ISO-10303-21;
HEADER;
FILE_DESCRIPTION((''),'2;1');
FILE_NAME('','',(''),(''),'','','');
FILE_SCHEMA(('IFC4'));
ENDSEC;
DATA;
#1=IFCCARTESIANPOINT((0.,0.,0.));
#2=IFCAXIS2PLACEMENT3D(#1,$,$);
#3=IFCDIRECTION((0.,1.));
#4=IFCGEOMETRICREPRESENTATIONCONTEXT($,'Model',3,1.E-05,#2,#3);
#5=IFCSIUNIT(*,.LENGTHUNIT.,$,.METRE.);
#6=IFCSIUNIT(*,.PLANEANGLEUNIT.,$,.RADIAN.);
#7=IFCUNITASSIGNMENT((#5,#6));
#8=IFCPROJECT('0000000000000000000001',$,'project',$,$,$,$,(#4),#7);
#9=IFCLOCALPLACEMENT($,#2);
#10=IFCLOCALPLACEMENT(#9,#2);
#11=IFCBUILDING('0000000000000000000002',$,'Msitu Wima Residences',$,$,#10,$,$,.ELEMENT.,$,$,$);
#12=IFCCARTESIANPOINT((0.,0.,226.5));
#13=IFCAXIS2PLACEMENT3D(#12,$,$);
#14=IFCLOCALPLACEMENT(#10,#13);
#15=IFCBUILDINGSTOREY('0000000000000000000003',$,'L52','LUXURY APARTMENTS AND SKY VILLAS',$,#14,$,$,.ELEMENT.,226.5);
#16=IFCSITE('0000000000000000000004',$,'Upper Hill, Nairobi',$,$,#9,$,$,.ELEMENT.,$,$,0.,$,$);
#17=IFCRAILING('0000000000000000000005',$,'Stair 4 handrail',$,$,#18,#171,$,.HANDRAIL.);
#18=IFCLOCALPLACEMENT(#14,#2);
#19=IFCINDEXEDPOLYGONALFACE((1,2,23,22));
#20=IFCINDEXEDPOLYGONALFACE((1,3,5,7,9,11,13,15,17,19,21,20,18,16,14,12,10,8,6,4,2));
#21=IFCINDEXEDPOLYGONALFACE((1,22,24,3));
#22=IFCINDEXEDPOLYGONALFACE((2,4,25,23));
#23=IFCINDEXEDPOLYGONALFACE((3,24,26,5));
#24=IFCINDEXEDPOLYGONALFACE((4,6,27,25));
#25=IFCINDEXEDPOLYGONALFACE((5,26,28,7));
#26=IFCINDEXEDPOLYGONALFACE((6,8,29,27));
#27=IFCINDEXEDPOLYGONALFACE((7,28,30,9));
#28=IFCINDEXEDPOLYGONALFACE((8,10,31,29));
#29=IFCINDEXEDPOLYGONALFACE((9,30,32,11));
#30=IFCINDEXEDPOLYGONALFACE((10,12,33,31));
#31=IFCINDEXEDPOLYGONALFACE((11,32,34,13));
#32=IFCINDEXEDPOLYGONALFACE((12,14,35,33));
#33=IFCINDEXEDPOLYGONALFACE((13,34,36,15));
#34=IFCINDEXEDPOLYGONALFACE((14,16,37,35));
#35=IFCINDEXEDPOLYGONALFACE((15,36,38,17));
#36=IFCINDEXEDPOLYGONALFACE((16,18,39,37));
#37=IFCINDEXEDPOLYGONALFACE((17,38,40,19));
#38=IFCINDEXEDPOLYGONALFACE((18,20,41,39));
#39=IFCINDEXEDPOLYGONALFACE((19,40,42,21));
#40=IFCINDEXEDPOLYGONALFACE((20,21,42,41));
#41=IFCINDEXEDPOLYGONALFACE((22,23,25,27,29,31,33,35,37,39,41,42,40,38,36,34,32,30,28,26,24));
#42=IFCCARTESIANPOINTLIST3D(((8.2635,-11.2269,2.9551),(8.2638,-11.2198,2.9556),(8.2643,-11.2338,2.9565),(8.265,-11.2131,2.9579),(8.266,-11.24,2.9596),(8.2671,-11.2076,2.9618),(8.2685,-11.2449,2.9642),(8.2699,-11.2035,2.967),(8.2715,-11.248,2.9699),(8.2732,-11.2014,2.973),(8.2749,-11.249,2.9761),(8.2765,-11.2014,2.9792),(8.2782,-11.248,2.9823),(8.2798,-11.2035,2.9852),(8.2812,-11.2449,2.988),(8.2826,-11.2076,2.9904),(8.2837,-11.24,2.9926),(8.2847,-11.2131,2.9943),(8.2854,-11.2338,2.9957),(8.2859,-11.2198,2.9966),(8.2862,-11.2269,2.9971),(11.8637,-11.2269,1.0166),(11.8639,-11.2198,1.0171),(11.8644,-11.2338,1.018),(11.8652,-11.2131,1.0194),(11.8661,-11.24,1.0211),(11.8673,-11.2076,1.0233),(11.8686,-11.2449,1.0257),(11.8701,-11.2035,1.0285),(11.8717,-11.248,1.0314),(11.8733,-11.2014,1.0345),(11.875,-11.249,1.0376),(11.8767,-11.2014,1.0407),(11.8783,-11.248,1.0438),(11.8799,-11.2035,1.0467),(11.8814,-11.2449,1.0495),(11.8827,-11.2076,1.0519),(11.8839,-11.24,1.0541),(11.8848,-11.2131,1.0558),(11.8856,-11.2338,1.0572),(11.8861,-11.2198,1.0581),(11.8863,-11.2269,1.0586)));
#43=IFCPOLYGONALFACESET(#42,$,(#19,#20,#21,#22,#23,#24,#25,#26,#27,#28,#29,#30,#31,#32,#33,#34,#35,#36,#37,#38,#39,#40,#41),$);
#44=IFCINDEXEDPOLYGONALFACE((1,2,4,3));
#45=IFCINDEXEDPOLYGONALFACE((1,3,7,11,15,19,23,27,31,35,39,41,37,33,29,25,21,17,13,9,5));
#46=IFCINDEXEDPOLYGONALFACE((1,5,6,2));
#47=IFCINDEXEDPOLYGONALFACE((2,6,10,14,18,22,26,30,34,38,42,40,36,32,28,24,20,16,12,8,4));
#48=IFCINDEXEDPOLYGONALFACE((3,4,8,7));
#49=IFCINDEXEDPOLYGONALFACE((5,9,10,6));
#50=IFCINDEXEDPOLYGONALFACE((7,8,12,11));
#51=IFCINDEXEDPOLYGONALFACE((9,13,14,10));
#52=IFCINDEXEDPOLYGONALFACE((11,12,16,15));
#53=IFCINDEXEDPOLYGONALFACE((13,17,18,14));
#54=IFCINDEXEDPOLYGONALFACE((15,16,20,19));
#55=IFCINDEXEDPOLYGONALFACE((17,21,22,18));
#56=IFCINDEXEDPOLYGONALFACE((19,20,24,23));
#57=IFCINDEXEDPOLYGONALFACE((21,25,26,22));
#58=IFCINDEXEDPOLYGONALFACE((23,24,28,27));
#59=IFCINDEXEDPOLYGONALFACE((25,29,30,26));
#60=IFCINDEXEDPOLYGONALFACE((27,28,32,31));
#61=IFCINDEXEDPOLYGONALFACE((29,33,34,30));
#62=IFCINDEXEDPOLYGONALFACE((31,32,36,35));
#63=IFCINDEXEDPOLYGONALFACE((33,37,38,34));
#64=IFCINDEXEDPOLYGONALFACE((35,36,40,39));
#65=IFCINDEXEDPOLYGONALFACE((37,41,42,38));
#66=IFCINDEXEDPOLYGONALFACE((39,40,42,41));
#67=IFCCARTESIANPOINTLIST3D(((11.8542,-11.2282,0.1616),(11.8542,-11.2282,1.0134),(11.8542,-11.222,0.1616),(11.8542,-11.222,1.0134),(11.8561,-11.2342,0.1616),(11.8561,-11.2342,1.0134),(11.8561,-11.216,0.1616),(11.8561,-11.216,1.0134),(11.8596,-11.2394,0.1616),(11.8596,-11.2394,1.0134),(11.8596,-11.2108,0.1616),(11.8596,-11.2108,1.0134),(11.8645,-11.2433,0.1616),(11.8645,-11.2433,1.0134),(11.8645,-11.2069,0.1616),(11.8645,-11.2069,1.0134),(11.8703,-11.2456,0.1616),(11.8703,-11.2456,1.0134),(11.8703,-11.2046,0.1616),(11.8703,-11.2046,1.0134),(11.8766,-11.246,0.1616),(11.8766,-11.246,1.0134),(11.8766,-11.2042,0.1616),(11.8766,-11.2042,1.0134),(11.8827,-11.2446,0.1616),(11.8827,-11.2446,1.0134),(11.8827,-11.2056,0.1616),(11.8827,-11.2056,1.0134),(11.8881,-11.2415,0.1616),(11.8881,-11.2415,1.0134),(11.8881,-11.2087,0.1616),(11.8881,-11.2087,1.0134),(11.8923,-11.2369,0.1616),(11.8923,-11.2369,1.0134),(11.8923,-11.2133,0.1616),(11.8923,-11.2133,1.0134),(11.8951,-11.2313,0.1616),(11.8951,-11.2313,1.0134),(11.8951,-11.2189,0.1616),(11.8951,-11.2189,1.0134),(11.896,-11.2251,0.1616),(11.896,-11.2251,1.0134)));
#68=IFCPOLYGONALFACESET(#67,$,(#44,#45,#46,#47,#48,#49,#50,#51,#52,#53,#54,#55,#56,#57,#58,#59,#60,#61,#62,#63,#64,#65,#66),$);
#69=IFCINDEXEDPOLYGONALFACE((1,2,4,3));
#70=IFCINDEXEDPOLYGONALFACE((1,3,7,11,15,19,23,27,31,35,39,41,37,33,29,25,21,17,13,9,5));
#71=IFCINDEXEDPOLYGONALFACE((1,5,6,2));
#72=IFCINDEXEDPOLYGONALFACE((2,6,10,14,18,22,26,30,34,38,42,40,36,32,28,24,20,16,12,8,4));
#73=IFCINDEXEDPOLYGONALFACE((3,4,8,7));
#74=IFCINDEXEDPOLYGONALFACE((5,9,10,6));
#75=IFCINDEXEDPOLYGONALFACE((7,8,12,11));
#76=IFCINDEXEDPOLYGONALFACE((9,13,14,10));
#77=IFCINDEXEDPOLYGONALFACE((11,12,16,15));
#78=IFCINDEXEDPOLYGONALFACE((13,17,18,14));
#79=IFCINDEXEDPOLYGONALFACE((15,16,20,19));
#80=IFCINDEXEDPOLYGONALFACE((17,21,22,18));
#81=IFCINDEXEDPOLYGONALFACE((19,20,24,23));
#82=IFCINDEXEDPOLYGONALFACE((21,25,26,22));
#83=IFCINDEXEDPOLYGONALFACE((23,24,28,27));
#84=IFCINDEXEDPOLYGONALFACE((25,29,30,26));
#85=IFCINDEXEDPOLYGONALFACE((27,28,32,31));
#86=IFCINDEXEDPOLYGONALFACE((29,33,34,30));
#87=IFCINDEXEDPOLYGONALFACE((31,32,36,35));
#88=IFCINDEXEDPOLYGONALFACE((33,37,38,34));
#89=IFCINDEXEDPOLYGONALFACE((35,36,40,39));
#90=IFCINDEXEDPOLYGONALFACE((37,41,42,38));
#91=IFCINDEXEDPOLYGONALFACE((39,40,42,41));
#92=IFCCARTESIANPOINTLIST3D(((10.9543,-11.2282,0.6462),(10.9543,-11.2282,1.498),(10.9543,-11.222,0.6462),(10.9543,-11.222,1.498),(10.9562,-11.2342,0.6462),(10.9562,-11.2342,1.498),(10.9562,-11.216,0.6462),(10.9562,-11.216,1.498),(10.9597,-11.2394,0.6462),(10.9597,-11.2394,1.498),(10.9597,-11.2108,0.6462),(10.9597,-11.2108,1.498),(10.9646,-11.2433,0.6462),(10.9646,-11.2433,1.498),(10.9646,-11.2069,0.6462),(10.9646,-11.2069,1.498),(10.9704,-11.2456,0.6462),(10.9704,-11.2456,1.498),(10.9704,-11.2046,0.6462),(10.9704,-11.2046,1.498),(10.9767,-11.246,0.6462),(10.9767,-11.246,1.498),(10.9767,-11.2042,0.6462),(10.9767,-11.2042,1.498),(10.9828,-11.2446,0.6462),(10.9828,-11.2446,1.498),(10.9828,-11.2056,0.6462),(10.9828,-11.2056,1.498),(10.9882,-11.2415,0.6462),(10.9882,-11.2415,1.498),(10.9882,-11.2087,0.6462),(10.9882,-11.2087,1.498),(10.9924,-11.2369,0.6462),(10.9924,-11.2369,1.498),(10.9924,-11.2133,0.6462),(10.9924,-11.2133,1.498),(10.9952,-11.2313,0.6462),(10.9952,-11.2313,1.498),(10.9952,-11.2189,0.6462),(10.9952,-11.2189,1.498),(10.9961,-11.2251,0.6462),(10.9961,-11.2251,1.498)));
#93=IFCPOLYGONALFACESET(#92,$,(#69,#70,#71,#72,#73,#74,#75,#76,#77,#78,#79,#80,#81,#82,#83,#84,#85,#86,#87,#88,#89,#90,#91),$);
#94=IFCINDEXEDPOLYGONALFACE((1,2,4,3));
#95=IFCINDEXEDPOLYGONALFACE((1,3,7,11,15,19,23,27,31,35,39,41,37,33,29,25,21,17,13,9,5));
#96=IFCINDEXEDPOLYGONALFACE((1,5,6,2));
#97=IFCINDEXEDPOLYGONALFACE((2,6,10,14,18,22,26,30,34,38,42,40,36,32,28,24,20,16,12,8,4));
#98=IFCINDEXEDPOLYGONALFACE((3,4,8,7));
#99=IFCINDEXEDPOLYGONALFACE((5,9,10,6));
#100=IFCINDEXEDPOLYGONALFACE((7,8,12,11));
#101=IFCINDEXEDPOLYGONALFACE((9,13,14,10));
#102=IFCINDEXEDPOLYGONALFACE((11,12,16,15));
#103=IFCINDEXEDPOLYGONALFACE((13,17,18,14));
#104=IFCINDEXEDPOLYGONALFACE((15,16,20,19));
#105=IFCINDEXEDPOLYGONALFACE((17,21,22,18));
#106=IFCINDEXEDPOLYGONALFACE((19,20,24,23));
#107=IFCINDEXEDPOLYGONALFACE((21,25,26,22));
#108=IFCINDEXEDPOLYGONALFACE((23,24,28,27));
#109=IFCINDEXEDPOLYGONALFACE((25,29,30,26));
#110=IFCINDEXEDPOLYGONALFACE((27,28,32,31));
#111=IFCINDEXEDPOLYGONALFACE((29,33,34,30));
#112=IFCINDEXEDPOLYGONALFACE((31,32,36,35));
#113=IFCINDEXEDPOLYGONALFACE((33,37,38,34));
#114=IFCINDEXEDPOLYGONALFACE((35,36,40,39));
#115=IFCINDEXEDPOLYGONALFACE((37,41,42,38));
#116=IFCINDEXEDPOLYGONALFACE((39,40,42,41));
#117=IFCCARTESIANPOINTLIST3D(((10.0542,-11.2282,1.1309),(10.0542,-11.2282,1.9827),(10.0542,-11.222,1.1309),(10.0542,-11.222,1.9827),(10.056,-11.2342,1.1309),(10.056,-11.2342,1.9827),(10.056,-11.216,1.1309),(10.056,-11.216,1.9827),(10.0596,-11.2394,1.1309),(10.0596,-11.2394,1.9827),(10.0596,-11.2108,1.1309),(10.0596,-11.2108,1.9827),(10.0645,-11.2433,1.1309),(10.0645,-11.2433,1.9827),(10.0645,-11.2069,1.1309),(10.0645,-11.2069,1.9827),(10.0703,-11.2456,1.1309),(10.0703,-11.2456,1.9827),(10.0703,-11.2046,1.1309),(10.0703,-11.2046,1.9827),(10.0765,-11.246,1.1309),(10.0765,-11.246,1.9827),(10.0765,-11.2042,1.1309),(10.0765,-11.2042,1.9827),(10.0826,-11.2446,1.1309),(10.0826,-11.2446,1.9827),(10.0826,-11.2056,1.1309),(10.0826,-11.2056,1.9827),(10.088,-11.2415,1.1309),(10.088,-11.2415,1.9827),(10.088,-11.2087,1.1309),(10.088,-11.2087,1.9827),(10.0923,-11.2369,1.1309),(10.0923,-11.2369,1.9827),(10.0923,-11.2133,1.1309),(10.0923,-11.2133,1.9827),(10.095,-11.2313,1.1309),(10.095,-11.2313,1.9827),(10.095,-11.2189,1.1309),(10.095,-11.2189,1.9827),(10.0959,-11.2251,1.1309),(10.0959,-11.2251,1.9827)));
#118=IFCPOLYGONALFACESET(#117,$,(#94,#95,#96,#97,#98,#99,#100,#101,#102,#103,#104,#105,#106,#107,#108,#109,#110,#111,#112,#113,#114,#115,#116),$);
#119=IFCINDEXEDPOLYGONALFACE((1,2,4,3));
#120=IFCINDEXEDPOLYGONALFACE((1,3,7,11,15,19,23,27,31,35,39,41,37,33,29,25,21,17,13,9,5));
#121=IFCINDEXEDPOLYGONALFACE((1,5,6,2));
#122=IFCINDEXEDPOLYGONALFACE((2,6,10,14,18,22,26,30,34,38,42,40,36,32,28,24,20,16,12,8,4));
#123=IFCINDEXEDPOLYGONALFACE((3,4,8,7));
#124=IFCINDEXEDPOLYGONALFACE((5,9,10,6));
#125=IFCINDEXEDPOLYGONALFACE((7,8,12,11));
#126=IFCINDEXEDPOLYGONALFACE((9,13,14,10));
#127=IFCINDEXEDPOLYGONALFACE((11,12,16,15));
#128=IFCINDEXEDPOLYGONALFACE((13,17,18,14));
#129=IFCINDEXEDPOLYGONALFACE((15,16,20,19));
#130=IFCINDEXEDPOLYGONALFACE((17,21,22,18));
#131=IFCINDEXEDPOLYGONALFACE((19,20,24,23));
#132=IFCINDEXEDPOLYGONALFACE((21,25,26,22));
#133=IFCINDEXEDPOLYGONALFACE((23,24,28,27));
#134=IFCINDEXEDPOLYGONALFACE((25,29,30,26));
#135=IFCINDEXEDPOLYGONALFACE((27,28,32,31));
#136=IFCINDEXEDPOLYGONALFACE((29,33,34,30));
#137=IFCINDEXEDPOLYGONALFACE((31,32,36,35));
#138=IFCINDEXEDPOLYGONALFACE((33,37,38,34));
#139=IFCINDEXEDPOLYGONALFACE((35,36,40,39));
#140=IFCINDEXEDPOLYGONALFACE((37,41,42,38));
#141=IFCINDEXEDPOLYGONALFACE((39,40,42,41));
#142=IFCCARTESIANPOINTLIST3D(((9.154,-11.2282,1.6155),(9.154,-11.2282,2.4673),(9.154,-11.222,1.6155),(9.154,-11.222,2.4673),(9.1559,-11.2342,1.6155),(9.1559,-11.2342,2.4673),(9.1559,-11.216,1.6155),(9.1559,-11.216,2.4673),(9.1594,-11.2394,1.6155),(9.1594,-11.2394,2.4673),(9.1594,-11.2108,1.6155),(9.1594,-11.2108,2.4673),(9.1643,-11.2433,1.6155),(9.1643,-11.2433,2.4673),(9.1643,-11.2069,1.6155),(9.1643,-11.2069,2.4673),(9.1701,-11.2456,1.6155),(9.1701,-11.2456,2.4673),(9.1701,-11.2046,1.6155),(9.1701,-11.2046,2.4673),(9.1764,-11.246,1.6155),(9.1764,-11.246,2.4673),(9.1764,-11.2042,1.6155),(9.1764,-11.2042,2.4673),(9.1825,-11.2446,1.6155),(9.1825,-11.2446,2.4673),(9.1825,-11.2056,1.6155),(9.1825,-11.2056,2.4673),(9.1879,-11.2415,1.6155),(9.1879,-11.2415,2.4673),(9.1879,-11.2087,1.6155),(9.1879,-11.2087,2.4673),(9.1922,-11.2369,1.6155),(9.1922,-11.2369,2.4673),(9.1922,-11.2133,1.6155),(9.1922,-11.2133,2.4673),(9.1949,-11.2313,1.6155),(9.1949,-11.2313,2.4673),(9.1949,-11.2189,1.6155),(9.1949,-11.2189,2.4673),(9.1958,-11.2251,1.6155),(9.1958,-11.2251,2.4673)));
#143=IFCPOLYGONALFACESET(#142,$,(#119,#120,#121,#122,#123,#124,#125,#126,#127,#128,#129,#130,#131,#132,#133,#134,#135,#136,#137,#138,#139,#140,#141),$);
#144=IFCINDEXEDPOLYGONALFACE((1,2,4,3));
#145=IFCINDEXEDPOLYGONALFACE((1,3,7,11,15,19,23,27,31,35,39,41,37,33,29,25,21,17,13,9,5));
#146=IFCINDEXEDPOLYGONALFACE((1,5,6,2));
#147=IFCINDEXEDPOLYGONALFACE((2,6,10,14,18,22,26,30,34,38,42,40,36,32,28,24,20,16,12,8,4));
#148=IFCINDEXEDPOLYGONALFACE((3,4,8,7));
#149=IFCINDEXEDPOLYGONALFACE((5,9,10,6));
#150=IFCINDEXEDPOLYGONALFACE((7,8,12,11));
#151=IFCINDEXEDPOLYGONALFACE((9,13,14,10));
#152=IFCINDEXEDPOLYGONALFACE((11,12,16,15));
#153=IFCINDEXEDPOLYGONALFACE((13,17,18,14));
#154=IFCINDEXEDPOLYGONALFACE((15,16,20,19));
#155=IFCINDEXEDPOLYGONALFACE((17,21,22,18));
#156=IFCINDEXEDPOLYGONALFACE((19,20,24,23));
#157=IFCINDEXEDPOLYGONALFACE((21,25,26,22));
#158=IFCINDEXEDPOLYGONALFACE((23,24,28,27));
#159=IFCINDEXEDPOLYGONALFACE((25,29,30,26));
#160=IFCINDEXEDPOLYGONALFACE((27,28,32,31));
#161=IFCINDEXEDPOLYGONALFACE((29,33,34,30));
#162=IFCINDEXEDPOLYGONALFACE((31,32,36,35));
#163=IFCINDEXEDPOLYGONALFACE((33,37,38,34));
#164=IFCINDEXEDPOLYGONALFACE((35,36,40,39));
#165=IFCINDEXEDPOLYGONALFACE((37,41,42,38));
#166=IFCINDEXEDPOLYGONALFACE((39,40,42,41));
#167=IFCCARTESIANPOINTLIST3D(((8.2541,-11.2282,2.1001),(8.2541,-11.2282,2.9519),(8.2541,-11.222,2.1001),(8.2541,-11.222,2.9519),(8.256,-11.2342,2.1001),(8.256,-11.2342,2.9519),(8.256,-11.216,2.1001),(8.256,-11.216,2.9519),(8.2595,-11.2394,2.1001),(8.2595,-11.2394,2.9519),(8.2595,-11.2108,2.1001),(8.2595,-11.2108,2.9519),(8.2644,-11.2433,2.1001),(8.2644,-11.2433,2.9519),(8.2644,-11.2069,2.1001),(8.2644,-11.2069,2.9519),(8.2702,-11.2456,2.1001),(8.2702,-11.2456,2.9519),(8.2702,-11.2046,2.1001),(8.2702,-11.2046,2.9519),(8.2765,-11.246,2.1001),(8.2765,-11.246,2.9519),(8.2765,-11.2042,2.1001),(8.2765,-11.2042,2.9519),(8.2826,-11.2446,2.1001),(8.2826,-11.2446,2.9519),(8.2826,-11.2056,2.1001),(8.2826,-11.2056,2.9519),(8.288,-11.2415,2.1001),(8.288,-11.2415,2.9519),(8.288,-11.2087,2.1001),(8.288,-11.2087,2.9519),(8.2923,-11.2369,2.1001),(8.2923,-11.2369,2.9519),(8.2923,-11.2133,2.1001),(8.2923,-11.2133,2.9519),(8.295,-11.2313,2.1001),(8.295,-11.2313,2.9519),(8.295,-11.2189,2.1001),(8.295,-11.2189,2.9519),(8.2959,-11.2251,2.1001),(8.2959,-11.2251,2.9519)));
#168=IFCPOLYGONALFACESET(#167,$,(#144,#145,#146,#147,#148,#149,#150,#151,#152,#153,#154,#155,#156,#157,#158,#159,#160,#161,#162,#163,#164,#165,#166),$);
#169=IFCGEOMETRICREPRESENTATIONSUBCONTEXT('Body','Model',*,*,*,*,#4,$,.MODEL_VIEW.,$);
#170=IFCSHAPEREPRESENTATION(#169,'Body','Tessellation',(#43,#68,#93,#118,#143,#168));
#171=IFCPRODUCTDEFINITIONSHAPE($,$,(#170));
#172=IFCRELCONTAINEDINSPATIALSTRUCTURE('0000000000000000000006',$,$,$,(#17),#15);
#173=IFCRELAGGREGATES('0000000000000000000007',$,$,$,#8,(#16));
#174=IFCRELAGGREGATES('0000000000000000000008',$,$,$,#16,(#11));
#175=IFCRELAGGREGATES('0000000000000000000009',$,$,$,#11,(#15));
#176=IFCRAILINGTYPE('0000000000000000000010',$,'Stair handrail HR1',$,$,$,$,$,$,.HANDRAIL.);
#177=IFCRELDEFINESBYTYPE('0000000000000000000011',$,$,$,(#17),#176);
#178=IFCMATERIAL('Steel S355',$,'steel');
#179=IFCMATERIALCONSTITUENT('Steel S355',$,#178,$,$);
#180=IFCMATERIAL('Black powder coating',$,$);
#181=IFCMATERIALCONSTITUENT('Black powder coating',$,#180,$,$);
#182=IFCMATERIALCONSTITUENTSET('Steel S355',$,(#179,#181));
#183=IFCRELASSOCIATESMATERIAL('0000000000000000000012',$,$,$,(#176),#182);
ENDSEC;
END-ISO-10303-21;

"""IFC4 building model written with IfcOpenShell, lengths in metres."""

from ifc_helpers import new_model, si_unit, direction, frame, origin, origin_2d, place, context, subcontext, project, spatial, circle, extrude, material, constituent, constituent_set, type_object, element, save


model = new_model("IFC4")

# Units and contexts
model_context = context("Model", 3, precision=1e-05, world=origin(), true_north=direction((0.0, 1.0)))
body_context = subcontext(model_context, "Body", "Model", "MODEL_VIEW")
ifc_project = project(units=[si_unit("LENGTHUNIT", "METRE"), si_unit("PLANEANGLEUNIT", "RADIAN")], contexts=[model_context])

# Site, building, storey
site_placement = place(None, origin())
site = spatial("IfcSite", under=ifc_project, at=site_placement, Name="Upper Hill, Nairobi", CompositionType="ELEMENT", RefElevation=0.0)
building_placement = place(site_placement, origin())
building = spatial("IfcBuilding", under=site, at=building_placement, Name="Msitu Wima Residences", CompositionType="ELEMENT")
storey_placement = place(building_placement, frame((0.0, 0.0, 226.5)))
storey = spatial("IfcBuildingStorey", under=building, at=storey_placement, Name="L52", Description="LUXURY APARTMENTS AND SKY VILLAS", CompositionType="ELEMENT", Elevation=226.5)

# Railing
ifc_material_1 = material(Name="Steel S355", Category="steel")
ifc_constituent_1 = constituent(ifc_material_1, Name="Steel S355")
ifc_material_2 = material(Name="Black powder coating")
ifc_constituent_2 = constituent(ifc_material_2, Name="Black powder coating")
ifc_constituent_set = constituent_set(constituents=[ifc_constituent_1, ifc_constituent_2], Name="Steel S355")
railing_type = type_object("IfcRailingType", Name="Stair handrail HR1", PredefinedType="HANDRAIL", material=ifc_constituent_set)
for number, where, name in (
    (1, (11.875, -11.2251, 0.1616), "Stair 4 handrail"),
):
    element("IfcRailing", number, at=place(storey_placement, frame(where)), inside=storey, type_object=railing_type, Name=name, PredefinedType="HANDRAIL", context=body_context, shape_type="SweptSolid", body=[
        extrude(circle(Radius=0.0239, at=origin_2d()), frame((0.0, 0.0, 0.876), z_axis=(-0.880475, 0.0, 0.474093), x_axis=(0.0, -1.0, 0.0)), (0.0, 0.0, 1.0), 4.0889),
        extrude(circle(Radius=0.021, at=origin_2d()), origin(), (0.0, 0.0, 1.0), 0.8518),
        extrude(circle(Radius=0.021, at=origin_2d()), frame((-0.8999, 0.0, 0.4846)), (0.0, 0.0, 1.0), 0.8518),
        extrude(circle(Radius=0.021, at=origin_2d()), frame((-1.8, 0.0, 0.9692)), (0.0, 0.0, 1.0), 0.8518),
        extrude(circle(Radius=0.021, at=origin_2d()), frame((-2.7002, 0.0, 1.4539)), (0.0, 0.0, 1.0), 0.8518),
        extrude(circle(Radius=0.021, at=origin_2d()), frame((-3.6001, 0.0, 1.9385)), (0.0, 0.0, 1.0), 0.8518),
    ])

save(model, "model.ifc")
